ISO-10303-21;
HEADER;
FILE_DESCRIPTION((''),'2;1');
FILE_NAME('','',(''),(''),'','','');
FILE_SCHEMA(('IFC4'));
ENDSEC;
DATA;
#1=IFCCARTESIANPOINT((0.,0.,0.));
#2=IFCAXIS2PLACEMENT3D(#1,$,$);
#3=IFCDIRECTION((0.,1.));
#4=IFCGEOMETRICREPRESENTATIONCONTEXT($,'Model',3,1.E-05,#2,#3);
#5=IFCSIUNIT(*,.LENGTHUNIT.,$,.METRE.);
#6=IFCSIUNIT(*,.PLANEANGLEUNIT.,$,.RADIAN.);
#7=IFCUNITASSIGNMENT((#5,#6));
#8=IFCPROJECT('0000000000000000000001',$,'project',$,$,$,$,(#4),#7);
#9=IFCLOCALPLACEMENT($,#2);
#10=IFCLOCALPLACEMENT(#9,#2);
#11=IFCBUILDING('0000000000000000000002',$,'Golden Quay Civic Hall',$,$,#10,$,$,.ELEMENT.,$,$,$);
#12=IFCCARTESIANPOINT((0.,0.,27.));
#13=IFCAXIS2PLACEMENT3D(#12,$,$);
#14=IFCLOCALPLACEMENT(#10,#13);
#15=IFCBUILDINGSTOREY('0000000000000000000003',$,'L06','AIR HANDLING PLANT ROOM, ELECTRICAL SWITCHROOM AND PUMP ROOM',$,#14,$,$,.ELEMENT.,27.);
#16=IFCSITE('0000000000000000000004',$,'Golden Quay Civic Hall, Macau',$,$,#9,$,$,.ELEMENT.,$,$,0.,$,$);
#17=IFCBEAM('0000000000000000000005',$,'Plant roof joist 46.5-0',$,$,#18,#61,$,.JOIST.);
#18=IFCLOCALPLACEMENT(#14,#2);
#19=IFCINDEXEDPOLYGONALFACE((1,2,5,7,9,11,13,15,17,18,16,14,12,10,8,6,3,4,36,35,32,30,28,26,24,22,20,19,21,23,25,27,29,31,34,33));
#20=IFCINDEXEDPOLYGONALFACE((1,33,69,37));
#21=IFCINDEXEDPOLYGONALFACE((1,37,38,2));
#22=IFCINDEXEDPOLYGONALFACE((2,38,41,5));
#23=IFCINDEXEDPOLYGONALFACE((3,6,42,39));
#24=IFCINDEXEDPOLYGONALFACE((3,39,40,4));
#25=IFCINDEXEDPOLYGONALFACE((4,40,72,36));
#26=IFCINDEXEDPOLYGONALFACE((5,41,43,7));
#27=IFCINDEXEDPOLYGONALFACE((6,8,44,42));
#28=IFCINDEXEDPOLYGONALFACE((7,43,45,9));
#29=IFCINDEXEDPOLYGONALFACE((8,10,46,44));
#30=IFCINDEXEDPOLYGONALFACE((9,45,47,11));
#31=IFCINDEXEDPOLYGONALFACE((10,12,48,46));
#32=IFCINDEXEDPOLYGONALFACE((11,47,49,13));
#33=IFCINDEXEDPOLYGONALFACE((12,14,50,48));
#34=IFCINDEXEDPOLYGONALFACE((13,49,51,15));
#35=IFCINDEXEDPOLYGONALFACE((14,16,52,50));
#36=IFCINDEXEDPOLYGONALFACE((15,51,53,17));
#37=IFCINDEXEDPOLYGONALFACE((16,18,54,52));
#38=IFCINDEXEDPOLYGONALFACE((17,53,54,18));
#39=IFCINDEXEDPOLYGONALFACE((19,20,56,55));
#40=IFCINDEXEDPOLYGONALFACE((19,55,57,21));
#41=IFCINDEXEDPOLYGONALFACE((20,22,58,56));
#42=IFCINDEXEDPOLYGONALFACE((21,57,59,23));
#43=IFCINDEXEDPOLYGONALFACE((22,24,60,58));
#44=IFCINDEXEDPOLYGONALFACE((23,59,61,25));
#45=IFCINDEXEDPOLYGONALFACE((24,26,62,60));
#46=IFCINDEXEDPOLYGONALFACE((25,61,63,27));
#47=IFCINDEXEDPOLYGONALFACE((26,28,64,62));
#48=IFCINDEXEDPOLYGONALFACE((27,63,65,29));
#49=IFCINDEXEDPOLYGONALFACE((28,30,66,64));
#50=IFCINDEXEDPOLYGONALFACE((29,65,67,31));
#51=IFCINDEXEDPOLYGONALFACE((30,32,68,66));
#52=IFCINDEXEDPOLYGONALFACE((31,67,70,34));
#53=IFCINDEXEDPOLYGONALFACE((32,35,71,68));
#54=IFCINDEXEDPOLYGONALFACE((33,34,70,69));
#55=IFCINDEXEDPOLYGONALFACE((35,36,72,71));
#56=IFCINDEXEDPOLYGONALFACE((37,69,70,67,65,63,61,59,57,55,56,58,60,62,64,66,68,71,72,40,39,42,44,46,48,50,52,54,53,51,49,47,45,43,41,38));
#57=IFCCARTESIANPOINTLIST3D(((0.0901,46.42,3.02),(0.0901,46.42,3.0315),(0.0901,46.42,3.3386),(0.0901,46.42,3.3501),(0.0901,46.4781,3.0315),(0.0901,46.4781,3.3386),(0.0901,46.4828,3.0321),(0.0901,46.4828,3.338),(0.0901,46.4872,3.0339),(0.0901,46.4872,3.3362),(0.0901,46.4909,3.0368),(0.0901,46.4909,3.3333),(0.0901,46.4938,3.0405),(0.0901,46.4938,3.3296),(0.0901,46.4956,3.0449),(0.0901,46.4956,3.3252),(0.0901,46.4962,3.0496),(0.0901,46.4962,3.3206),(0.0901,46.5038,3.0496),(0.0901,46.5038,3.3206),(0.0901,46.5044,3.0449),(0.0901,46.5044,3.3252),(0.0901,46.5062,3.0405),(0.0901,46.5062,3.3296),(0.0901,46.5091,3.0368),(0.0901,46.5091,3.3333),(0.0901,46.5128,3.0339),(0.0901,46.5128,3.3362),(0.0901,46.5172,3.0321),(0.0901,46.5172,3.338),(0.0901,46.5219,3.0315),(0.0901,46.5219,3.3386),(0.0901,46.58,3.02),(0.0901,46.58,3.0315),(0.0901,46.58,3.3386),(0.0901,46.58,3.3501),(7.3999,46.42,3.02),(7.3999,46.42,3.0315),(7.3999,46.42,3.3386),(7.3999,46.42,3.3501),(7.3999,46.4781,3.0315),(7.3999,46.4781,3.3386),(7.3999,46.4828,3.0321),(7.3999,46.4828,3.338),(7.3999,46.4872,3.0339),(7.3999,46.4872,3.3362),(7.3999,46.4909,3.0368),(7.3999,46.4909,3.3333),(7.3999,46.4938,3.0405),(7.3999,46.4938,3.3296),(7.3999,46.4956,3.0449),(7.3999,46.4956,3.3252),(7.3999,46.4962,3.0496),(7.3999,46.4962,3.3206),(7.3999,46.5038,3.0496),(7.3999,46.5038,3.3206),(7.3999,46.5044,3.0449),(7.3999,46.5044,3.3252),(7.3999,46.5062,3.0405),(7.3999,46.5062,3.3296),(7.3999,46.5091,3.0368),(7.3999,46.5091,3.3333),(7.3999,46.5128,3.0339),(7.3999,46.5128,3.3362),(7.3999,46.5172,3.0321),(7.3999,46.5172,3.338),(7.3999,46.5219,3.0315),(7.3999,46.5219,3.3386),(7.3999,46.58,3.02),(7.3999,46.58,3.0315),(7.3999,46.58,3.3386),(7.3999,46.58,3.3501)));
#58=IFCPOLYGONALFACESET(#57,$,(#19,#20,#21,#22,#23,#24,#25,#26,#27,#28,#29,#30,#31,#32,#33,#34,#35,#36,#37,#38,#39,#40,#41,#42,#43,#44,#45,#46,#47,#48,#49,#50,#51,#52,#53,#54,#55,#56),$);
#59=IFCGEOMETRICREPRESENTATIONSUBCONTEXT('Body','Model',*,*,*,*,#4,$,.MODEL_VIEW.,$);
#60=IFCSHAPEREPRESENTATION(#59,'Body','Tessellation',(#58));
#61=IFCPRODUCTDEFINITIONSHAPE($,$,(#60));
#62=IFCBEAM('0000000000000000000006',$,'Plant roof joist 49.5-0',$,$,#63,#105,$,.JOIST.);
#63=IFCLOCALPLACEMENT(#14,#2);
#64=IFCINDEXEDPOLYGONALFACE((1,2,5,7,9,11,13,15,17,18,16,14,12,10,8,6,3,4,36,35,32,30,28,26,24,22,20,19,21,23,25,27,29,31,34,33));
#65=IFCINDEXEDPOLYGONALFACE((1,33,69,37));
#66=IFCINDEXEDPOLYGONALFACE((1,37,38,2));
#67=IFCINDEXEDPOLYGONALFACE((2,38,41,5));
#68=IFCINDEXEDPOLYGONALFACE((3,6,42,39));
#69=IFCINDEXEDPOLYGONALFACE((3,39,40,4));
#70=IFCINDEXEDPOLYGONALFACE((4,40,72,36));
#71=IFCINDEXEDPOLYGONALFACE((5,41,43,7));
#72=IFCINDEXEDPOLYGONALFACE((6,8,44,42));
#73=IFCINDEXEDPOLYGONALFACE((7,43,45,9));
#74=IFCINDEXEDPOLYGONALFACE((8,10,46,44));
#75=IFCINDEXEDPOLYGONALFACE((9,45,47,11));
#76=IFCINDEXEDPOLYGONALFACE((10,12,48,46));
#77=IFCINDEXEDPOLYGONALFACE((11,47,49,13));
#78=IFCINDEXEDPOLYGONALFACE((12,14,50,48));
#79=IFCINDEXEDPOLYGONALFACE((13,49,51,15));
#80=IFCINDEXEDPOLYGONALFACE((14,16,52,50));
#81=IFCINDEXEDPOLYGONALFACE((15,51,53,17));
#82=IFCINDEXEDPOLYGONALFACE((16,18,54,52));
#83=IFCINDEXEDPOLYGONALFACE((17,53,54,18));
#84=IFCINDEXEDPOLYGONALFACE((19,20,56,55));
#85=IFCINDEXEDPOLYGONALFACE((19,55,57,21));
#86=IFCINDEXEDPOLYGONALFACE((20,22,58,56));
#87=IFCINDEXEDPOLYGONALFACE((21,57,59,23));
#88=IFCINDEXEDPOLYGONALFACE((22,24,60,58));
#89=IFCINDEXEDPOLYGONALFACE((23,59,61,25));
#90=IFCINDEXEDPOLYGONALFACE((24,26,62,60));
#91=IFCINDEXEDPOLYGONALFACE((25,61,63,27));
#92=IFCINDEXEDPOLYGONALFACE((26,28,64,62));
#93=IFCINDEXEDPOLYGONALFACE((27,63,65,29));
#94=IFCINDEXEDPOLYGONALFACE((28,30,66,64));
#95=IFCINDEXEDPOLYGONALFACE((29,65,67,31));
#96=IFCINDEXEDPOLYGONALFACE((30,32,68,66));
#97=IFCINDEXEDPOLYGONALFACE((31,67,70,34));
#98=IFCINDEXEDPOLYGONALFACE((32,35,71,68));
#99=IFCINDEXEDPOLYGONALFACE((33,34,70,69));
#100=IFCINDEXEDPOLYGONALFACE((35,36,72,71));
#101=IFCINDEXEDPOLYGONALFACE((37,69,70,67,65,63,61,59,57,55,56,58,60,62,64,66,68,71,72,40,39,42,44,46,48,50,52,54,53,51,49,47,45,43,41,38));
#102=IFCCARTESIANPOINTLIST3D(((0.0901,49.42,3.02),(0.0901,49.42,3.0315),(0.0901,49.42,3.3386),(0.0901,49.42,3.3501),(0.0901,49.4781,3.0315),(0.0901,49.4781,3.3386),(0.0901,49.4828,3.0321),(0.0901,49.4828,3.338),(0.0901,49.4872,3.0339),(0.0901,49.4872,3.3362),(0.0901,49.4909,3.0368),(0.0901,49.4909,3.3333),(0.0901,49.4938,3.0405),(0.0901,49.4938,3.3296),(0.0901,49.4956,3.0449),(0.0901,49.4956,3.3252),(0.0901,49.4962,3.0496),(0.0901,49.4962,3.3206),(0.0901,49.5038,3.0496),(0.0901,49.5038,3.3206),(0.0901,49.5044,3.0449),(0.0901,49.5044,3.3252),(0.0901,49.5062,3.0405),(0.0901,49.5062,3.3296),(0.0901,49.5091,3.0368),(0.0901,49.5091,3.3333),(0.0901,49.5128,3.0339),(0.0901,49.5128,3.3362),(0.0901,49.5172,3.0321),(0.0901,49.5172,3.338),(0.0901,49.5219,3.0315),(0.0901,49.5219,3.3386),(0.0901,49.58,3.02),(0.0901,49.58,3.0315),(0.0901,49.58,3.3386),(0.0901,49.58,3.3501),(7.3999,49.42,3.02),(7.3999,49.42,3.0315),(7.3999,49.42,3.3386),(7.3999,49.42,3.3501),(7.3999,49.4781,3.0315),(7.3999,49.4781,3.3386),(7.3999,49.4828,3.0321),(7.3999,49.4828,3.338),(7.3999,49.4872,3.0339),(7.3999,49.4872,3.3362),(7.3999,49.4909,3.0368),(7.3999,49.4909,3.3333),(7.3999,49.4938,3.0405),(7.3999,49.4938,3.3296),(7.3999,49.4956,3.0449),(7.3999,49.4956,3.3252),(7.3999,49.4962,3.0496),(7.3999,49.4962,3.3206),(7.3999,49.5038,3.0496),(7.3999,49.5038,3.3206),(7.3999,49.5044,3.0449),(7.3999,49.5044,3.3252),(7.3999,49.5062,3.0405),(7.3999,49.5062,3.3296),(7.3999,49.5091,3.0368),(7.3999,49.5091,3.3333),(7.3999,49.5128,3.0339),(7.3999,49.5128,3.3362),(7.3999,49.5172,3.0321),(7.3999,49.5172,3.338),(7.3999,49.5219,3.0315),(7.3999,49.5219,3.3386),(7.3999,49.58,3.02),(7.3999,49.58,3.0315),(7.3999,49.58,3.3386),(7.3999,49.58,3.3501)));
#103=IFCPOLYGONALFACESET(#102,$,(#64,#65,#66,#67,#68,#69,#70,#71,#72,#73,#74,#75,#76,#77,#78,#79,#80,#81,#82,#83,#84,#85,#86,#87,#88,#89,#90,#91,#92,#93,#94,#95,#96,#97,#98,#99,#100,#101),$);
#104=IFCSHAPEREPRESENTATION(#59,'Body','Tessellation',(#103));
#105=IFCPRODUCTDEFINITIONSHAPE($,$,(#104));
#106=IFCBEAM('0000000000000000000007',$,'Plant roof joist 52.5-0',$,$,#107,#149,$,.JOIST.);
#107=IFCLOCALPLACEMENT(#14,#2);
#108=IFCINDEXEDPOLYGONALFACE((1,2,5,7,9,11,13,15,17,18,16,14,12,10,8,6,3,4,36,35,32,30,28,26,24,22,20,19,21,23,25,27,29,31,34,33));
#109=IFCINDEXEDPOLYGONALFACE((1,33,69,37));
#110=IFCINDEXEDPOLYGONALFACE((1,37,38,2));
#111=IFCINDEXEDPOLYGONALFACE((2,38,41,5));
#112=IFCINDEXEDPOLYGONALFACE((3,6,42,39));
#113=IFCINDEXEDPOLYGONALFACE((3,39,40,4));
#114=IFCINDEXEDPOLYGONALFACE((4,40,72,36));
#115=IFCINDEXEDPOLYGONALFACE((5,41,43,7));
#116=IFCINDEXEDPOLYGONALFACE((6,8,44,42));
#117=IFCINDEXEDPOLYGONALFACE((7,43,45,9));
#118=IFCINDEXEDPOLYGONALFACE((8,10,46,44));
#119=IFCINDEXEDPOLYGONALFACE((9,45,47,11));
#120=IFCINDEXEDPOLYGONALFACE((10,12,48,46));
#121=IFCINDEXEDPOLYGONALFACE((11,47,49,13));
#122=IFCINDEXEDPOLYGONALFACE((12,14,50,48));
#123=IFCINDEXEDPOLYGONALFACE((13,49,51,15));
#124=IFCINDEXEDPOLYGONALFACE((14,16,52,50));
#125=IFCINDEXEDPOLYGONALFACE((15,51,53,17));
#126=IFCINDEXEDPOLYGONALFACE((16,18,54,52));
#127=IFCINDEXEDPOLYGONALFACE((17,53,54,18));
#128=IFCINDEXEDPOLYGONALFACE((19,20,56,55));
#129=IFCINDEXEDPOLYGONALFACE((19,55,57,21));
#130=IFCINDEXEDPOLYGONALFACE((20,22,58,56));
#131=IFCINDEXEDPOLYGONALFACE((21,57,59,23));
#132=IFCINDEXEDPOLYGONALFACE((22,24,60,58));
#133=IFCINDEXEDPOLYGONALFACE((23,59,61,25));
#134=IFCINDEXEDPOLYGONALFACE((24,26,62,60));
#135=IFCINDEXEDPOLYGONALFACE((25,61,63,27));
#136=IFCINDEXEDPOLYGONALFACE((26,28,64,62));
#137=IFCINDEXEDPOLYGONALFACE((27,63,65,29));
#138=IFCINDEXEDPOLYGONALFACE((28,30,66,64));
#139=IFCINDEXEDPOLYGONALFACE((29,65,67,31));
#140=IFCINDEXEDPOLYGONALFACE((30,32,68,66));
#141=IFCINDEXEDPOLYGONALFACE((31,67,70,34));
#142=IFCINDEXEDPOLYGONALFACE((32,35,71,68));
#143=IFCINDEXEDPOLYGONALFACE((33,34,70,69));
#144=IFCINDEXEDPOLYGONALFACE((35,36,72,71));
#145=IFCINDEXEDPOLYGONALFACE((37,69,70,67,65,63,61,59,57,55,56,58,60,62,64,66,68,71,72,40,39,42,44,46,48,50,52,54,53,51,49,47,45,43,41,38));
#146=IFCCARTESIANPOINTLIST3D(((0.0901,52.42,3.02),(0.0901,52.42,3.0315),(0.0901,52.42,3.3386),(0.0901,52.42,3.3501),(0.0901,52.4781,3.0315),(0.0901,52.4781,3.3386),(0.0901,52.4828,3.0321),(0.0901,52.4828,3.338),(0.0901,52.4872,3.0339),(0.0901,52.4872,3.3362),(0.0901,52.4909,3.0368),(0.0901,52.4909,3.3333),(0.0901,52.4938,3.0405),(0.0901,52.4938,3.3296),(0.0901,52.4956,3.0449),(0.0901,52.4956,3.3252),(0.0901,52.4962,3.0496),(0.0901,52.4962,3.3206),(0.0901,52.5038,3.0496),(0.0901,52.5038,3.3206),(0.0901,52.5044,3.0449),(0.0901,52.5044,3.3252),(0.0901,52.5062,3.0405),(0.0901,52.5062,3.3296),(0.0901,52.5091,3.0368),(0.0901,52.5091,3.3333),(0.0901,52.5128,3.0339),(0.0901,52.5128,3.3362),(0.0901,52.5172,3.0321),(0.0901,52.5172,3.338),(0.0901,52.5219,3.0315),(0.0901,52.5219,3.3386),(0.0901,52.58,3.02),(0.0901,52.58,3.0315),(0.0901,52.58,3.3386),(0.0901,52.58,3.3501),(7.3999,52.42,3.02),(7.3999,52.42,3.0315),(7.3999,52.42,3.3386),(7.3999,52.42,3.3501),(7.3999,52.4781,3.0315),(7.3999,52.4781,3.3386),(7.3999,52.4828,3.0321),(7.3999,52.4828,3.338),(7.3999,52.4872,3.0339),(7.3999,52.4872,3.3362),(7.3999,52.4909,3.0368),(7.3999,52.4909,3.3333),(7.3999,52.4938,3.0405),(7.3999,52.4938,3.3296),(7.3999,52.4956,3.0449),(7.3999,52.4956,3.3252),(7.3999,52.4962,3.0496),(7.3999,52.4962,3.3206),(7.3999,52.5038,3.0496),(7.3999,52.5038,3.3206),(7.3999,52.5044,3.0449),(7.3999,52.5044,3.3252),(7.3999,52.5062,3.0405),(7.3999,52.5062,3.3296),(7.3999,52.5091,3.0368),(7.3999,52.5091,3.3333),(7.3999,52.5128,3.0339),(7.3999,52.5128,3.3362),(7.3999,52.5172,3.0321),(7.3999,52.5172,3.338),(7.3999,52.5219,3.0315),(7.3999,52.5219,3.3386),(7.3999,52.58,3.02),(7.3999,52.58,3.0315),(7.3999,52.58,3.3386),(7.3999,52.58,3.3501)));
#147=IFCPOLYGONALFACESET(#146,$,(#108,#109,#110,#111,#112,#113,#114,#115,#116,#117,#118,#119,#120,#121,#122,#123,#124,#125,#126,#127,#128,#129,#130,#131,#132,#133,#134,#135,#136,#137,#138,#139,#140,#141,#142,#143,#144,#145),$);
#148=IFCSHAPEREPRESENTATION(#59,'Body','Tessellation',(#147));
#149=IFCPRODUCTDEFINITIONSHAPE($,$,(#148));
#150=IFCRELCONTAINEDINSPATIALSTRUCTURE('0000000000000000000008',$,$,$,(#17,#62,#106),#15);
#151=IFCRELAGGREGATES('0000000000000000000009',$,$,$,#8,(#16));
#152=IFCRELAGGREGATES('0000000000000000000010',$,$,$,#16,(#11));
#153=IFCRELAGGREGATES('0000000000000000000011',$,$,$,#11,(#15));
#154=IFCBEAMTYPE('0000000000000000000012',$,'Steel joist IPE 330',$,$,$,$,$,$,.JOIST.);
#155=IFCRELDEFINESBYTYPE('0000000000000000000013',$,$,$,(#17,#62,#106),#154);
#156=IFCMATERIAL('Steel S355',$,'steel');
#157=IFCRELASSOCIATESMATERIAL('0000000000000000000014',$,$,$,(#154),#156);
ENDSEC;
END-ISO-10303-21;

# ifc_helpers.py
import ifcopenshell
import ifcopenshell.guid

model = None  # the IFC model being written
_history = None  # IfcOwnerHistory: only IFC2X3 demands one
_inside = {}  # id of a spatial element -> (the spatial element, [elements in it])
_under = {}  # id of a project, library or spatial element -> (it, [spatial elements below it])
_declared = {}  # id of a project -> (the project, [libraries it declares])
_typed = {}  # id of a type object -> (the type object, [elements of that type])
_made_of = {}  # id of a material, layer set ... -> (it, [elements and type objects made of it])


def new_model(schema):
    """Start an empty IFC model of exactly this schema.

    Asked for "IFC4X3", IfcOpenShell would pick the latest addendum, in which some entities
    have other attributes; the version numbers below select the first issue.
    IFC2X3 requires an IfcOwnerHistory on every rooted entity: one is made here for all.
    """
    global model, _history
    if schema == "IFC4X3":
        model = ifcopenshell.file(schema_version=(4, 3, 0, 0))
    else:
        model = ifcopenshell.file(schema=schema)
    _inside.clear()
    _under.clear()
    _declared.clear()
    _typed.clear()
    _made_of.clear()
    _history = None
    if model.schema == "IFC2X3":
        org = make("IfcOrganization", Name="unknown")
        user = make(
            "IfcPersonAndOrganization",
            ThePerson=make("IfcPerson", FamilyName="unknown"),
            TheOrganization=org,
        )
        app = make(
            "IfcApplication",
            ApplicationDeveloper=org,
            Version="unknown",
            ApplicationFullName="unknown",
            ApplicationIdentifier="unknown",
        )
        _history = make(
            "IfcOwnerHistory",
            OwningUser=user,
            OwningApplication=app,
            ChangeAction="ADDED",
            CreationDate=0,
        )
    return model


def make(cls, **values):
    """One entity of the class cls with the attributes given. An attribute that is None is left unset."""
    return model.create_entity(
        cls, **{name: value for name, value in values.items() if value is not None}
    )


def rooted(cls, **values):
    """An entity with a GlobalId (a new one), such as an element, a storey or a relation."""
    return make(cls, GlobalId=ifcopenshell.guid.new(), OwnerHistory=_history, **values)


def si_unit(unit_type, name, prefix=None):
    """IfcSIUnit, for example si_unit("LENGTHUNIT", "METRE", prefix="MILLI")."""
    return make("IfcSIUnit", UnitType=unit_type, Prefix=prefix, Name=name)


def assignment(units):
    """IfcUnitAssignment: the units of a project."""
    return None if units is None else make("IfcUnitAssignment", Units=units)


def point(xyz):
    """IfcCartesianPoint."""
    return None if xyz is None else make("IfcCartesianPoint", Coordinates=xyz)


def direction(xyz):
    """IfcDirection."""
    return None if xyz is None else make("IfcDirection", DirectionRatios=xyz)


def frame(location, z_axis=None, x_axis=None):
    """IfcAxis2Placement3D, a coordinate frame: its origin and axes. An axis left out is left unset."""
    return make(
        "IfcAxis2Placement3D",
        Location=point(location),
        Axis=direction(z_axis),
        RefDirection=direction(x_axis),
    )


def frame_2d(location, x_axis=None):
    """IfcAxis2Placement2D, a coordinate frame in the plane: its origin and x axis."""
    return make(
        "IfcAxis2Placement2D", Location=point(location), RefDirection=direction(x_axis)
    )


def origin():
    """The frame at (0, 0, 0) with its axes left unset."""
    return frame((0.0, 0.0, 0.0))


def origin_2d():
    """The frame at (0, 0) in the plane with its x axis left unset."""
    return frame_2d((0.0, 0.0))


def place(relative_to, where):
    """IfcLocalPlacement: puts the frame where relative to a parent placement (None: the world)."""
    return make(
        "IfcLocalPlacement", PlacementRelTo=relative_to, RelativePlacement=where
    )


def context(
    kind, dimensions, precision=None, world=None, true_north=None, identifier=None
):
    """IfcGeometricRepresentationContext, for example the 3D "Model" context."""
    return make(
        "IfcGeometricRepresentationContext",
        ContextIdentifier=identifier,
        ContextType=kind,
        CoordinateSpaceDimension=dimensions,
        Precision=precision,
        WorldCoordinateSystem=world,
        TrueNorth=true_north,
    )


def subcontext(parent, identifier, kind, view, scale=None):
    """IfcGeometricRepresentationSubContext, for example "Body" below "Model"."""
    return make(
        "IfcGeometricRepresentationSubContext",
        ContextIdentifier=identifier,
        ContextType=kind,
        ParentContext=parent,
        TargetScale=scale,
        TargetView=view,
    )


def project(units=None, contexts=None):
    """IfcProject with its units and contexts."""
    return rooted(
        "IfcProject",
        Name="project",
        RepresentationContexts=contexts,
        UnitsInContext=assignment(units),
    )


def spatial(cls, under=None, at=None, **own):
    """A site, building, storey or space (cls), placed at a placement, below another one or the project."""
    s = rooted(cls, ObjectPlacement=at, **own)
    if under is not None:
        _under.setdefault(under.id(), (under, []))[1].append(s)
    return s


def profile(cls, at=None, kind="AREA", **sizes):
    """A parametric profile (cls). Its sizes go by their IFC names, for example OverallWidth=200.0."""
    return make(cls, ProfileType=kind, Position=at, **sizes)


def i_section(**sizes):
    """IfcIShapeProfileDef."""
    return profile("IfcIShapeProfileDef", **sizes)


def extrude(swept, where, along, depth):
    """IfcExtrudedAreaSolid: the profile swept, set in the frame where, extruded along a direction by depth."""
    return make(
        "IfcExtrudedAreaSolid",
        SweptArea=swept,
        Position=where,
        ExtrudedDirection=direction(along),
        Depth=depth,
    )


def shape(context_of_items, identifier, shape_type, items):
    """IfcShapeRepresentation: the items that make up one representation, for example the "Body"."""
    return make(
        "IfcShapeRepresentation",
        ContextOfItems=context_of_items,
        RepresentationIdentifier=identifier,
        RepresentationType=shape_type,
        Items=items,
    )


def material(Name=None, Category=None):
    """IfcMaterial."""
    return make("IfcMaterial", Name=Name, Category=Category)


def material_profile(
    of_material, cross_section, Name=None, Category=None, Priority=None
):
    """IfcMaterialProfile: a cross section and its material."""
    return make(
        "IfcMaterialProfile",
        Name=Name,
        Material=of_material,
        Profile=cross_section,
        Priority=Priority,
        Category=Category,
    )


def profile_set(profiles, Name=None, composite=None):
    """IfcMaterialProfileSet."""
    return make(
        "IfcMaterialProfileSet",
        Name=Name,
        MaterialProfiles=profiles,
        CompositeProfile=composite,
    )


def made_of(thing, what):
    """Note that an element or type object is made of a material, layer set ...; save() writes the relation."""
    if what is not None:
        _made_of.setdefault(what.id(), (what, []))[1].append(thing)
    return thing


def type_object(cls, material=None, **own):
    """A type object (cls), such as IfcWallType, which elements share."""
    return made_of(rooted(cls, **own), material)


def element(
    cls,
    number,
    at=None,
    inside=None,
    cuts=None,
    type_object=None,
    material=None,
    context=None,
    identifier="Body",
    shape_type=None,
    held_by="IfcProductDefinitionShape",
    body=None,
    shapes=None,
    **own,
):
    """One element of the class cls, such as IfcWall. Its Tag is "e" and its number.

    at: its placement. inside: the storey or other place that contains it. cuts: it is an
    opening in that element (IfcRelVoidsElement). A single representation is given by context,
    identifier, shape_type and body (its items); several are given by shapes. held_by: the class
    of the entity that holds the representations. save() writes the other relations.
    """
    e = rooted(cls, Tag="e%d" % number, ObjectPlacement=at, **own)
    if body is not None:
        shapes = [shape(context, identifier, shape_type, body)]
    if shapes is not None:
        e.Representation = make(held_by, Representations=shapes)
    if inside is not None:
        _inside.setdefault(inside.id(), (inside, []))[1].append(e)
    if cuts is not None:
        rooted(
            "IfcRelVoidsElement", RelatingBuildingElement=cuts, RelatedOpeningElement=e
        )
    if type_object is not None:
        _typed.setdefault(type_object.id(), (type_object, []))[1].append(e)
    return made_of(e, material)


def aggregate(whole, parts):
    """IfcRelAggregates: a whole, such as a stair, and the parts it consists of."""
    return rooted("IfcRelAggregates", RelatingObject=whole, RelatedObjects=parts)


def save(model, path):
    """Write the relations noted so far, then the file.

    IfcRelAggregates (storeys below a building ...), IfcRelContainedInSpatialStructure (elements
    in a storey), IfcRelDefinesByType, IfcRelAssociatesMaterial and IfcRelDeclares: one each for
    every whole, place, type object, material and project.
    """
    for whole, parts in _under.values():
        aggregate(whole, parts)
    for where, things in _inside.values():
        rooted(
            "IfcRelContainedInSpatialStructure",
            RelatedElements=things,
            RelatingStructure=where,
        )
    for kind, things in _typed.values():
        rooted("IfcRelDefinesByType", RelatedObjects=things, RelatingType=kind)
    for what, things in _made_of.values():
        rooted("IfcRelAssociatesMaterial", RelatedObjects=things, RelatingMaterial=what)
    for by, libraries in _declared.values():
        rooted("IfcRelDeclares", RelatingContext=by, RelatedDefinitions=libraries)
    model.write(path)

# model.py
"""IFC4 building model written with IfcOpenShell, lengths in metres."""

from ifc_helpers import new_model, si_unit, direction, frame, origin, origin_2d, place, context, subcontext, project, spatial, i_section, extrude, material, material_profile, profile_set, type_object, element, save


model = new_model("IFC4")

# Units and contexts
model_context = context("Model", 3, precision=1e-05, world=origin(), true_north=direction((0.0, 1.0)))
body_context = subcontext(model_context, "Body", "Model", "MODEL_VIEW")
ifc_project = project(units=[si_unit("LENGTHUNIT", "METRE"), si_unit("PLANEANGLEUNIT", "RADIAN")], contexts=[model_context])

# Site, building, storey
site_placement = place(None, origin())
site = spatial("IfcSite", under=ifc_project, at=site_placement, Name="Golden Quay Civic Hall, Macau", CompositionType="ELEMENT", RefElevation=0.0)
building_placement = place(site_placement, origin())
building = spatial("IfcBuilding", under=site, at=building_placement, Name="Golden Quay Civic Hall", CompositionType="ELEMENT")
storey_placement = place(building_placement, frame((0.0, 0.0, 27.0)))
storey = spatial("IfcBuildingStorey", under=building, at=storey_placement, Name="L06", Description="AIR HANDLING PLANT ROOM, ELECTRICAL SWITCHROOM AND PUMP ROOM", CompositionType="ELEMENT", Elevation=27.0)

# Beams
ifc_material_1 = material(Name="Steel S355", Category="steel")
ifc_material_profile_1 = material_profile(ifc_material_1, i_section(OverallWidth=0.1599, OverallDepth=0.3301, WebThickness=0.0076, FlangeThickness=0.0115, FilletRadius=0.0181, at=origin_2d()), Name="IPE 330")
ifc_profile_set_1 = profile_set([ifc_material_profile_1], Name="Steel S355")
beam_type_1 = type_object("IfcBeamType", Name="Steel joist IPE 330", PredefinedType="JOIST", material=ifc_profile_set_1)
for number, where, z_axis, x_axis, name in (
    (1, (0.0901, 46.5, 3.1851), (1.0, 0.0, 0.0), (0.0, 1.0, 0.0), "Plant roof joist 46.5-0"),
    (2, (0.0901, 49.5, 3.1851), (1.0, 0.0, 0.0), (0.0, 1.0, 0.0), "Plant roof joist 49.5-0"),
    (3, (0.0901, 52.5, 3.1851), (1.0, 0.0, 0.0), (0.0, 1.0, 0.0), "Plant roof joist 52.5-0"),
):
    element("IfcBeam", number, at=place(storey_placement, frame(where, z_axis=z_axis, x_axis=x_axis)), inside=storey, type_object=beam_type_1, Name=name, PredefinedType="JOIST", context=body_context, shape_type="SweptSolid", body=[
        extrude(i_section(OverallWidth=0.1599, OverallDepth=0.3301, WebThickness=0.0076, FlangeThickness=0.0115, FilletRadius=0.0181, at=origin_2d()), origin(), (0.0, 0.0, 1.0), 7.3098),
    ])

save(model, "model.ifc")
